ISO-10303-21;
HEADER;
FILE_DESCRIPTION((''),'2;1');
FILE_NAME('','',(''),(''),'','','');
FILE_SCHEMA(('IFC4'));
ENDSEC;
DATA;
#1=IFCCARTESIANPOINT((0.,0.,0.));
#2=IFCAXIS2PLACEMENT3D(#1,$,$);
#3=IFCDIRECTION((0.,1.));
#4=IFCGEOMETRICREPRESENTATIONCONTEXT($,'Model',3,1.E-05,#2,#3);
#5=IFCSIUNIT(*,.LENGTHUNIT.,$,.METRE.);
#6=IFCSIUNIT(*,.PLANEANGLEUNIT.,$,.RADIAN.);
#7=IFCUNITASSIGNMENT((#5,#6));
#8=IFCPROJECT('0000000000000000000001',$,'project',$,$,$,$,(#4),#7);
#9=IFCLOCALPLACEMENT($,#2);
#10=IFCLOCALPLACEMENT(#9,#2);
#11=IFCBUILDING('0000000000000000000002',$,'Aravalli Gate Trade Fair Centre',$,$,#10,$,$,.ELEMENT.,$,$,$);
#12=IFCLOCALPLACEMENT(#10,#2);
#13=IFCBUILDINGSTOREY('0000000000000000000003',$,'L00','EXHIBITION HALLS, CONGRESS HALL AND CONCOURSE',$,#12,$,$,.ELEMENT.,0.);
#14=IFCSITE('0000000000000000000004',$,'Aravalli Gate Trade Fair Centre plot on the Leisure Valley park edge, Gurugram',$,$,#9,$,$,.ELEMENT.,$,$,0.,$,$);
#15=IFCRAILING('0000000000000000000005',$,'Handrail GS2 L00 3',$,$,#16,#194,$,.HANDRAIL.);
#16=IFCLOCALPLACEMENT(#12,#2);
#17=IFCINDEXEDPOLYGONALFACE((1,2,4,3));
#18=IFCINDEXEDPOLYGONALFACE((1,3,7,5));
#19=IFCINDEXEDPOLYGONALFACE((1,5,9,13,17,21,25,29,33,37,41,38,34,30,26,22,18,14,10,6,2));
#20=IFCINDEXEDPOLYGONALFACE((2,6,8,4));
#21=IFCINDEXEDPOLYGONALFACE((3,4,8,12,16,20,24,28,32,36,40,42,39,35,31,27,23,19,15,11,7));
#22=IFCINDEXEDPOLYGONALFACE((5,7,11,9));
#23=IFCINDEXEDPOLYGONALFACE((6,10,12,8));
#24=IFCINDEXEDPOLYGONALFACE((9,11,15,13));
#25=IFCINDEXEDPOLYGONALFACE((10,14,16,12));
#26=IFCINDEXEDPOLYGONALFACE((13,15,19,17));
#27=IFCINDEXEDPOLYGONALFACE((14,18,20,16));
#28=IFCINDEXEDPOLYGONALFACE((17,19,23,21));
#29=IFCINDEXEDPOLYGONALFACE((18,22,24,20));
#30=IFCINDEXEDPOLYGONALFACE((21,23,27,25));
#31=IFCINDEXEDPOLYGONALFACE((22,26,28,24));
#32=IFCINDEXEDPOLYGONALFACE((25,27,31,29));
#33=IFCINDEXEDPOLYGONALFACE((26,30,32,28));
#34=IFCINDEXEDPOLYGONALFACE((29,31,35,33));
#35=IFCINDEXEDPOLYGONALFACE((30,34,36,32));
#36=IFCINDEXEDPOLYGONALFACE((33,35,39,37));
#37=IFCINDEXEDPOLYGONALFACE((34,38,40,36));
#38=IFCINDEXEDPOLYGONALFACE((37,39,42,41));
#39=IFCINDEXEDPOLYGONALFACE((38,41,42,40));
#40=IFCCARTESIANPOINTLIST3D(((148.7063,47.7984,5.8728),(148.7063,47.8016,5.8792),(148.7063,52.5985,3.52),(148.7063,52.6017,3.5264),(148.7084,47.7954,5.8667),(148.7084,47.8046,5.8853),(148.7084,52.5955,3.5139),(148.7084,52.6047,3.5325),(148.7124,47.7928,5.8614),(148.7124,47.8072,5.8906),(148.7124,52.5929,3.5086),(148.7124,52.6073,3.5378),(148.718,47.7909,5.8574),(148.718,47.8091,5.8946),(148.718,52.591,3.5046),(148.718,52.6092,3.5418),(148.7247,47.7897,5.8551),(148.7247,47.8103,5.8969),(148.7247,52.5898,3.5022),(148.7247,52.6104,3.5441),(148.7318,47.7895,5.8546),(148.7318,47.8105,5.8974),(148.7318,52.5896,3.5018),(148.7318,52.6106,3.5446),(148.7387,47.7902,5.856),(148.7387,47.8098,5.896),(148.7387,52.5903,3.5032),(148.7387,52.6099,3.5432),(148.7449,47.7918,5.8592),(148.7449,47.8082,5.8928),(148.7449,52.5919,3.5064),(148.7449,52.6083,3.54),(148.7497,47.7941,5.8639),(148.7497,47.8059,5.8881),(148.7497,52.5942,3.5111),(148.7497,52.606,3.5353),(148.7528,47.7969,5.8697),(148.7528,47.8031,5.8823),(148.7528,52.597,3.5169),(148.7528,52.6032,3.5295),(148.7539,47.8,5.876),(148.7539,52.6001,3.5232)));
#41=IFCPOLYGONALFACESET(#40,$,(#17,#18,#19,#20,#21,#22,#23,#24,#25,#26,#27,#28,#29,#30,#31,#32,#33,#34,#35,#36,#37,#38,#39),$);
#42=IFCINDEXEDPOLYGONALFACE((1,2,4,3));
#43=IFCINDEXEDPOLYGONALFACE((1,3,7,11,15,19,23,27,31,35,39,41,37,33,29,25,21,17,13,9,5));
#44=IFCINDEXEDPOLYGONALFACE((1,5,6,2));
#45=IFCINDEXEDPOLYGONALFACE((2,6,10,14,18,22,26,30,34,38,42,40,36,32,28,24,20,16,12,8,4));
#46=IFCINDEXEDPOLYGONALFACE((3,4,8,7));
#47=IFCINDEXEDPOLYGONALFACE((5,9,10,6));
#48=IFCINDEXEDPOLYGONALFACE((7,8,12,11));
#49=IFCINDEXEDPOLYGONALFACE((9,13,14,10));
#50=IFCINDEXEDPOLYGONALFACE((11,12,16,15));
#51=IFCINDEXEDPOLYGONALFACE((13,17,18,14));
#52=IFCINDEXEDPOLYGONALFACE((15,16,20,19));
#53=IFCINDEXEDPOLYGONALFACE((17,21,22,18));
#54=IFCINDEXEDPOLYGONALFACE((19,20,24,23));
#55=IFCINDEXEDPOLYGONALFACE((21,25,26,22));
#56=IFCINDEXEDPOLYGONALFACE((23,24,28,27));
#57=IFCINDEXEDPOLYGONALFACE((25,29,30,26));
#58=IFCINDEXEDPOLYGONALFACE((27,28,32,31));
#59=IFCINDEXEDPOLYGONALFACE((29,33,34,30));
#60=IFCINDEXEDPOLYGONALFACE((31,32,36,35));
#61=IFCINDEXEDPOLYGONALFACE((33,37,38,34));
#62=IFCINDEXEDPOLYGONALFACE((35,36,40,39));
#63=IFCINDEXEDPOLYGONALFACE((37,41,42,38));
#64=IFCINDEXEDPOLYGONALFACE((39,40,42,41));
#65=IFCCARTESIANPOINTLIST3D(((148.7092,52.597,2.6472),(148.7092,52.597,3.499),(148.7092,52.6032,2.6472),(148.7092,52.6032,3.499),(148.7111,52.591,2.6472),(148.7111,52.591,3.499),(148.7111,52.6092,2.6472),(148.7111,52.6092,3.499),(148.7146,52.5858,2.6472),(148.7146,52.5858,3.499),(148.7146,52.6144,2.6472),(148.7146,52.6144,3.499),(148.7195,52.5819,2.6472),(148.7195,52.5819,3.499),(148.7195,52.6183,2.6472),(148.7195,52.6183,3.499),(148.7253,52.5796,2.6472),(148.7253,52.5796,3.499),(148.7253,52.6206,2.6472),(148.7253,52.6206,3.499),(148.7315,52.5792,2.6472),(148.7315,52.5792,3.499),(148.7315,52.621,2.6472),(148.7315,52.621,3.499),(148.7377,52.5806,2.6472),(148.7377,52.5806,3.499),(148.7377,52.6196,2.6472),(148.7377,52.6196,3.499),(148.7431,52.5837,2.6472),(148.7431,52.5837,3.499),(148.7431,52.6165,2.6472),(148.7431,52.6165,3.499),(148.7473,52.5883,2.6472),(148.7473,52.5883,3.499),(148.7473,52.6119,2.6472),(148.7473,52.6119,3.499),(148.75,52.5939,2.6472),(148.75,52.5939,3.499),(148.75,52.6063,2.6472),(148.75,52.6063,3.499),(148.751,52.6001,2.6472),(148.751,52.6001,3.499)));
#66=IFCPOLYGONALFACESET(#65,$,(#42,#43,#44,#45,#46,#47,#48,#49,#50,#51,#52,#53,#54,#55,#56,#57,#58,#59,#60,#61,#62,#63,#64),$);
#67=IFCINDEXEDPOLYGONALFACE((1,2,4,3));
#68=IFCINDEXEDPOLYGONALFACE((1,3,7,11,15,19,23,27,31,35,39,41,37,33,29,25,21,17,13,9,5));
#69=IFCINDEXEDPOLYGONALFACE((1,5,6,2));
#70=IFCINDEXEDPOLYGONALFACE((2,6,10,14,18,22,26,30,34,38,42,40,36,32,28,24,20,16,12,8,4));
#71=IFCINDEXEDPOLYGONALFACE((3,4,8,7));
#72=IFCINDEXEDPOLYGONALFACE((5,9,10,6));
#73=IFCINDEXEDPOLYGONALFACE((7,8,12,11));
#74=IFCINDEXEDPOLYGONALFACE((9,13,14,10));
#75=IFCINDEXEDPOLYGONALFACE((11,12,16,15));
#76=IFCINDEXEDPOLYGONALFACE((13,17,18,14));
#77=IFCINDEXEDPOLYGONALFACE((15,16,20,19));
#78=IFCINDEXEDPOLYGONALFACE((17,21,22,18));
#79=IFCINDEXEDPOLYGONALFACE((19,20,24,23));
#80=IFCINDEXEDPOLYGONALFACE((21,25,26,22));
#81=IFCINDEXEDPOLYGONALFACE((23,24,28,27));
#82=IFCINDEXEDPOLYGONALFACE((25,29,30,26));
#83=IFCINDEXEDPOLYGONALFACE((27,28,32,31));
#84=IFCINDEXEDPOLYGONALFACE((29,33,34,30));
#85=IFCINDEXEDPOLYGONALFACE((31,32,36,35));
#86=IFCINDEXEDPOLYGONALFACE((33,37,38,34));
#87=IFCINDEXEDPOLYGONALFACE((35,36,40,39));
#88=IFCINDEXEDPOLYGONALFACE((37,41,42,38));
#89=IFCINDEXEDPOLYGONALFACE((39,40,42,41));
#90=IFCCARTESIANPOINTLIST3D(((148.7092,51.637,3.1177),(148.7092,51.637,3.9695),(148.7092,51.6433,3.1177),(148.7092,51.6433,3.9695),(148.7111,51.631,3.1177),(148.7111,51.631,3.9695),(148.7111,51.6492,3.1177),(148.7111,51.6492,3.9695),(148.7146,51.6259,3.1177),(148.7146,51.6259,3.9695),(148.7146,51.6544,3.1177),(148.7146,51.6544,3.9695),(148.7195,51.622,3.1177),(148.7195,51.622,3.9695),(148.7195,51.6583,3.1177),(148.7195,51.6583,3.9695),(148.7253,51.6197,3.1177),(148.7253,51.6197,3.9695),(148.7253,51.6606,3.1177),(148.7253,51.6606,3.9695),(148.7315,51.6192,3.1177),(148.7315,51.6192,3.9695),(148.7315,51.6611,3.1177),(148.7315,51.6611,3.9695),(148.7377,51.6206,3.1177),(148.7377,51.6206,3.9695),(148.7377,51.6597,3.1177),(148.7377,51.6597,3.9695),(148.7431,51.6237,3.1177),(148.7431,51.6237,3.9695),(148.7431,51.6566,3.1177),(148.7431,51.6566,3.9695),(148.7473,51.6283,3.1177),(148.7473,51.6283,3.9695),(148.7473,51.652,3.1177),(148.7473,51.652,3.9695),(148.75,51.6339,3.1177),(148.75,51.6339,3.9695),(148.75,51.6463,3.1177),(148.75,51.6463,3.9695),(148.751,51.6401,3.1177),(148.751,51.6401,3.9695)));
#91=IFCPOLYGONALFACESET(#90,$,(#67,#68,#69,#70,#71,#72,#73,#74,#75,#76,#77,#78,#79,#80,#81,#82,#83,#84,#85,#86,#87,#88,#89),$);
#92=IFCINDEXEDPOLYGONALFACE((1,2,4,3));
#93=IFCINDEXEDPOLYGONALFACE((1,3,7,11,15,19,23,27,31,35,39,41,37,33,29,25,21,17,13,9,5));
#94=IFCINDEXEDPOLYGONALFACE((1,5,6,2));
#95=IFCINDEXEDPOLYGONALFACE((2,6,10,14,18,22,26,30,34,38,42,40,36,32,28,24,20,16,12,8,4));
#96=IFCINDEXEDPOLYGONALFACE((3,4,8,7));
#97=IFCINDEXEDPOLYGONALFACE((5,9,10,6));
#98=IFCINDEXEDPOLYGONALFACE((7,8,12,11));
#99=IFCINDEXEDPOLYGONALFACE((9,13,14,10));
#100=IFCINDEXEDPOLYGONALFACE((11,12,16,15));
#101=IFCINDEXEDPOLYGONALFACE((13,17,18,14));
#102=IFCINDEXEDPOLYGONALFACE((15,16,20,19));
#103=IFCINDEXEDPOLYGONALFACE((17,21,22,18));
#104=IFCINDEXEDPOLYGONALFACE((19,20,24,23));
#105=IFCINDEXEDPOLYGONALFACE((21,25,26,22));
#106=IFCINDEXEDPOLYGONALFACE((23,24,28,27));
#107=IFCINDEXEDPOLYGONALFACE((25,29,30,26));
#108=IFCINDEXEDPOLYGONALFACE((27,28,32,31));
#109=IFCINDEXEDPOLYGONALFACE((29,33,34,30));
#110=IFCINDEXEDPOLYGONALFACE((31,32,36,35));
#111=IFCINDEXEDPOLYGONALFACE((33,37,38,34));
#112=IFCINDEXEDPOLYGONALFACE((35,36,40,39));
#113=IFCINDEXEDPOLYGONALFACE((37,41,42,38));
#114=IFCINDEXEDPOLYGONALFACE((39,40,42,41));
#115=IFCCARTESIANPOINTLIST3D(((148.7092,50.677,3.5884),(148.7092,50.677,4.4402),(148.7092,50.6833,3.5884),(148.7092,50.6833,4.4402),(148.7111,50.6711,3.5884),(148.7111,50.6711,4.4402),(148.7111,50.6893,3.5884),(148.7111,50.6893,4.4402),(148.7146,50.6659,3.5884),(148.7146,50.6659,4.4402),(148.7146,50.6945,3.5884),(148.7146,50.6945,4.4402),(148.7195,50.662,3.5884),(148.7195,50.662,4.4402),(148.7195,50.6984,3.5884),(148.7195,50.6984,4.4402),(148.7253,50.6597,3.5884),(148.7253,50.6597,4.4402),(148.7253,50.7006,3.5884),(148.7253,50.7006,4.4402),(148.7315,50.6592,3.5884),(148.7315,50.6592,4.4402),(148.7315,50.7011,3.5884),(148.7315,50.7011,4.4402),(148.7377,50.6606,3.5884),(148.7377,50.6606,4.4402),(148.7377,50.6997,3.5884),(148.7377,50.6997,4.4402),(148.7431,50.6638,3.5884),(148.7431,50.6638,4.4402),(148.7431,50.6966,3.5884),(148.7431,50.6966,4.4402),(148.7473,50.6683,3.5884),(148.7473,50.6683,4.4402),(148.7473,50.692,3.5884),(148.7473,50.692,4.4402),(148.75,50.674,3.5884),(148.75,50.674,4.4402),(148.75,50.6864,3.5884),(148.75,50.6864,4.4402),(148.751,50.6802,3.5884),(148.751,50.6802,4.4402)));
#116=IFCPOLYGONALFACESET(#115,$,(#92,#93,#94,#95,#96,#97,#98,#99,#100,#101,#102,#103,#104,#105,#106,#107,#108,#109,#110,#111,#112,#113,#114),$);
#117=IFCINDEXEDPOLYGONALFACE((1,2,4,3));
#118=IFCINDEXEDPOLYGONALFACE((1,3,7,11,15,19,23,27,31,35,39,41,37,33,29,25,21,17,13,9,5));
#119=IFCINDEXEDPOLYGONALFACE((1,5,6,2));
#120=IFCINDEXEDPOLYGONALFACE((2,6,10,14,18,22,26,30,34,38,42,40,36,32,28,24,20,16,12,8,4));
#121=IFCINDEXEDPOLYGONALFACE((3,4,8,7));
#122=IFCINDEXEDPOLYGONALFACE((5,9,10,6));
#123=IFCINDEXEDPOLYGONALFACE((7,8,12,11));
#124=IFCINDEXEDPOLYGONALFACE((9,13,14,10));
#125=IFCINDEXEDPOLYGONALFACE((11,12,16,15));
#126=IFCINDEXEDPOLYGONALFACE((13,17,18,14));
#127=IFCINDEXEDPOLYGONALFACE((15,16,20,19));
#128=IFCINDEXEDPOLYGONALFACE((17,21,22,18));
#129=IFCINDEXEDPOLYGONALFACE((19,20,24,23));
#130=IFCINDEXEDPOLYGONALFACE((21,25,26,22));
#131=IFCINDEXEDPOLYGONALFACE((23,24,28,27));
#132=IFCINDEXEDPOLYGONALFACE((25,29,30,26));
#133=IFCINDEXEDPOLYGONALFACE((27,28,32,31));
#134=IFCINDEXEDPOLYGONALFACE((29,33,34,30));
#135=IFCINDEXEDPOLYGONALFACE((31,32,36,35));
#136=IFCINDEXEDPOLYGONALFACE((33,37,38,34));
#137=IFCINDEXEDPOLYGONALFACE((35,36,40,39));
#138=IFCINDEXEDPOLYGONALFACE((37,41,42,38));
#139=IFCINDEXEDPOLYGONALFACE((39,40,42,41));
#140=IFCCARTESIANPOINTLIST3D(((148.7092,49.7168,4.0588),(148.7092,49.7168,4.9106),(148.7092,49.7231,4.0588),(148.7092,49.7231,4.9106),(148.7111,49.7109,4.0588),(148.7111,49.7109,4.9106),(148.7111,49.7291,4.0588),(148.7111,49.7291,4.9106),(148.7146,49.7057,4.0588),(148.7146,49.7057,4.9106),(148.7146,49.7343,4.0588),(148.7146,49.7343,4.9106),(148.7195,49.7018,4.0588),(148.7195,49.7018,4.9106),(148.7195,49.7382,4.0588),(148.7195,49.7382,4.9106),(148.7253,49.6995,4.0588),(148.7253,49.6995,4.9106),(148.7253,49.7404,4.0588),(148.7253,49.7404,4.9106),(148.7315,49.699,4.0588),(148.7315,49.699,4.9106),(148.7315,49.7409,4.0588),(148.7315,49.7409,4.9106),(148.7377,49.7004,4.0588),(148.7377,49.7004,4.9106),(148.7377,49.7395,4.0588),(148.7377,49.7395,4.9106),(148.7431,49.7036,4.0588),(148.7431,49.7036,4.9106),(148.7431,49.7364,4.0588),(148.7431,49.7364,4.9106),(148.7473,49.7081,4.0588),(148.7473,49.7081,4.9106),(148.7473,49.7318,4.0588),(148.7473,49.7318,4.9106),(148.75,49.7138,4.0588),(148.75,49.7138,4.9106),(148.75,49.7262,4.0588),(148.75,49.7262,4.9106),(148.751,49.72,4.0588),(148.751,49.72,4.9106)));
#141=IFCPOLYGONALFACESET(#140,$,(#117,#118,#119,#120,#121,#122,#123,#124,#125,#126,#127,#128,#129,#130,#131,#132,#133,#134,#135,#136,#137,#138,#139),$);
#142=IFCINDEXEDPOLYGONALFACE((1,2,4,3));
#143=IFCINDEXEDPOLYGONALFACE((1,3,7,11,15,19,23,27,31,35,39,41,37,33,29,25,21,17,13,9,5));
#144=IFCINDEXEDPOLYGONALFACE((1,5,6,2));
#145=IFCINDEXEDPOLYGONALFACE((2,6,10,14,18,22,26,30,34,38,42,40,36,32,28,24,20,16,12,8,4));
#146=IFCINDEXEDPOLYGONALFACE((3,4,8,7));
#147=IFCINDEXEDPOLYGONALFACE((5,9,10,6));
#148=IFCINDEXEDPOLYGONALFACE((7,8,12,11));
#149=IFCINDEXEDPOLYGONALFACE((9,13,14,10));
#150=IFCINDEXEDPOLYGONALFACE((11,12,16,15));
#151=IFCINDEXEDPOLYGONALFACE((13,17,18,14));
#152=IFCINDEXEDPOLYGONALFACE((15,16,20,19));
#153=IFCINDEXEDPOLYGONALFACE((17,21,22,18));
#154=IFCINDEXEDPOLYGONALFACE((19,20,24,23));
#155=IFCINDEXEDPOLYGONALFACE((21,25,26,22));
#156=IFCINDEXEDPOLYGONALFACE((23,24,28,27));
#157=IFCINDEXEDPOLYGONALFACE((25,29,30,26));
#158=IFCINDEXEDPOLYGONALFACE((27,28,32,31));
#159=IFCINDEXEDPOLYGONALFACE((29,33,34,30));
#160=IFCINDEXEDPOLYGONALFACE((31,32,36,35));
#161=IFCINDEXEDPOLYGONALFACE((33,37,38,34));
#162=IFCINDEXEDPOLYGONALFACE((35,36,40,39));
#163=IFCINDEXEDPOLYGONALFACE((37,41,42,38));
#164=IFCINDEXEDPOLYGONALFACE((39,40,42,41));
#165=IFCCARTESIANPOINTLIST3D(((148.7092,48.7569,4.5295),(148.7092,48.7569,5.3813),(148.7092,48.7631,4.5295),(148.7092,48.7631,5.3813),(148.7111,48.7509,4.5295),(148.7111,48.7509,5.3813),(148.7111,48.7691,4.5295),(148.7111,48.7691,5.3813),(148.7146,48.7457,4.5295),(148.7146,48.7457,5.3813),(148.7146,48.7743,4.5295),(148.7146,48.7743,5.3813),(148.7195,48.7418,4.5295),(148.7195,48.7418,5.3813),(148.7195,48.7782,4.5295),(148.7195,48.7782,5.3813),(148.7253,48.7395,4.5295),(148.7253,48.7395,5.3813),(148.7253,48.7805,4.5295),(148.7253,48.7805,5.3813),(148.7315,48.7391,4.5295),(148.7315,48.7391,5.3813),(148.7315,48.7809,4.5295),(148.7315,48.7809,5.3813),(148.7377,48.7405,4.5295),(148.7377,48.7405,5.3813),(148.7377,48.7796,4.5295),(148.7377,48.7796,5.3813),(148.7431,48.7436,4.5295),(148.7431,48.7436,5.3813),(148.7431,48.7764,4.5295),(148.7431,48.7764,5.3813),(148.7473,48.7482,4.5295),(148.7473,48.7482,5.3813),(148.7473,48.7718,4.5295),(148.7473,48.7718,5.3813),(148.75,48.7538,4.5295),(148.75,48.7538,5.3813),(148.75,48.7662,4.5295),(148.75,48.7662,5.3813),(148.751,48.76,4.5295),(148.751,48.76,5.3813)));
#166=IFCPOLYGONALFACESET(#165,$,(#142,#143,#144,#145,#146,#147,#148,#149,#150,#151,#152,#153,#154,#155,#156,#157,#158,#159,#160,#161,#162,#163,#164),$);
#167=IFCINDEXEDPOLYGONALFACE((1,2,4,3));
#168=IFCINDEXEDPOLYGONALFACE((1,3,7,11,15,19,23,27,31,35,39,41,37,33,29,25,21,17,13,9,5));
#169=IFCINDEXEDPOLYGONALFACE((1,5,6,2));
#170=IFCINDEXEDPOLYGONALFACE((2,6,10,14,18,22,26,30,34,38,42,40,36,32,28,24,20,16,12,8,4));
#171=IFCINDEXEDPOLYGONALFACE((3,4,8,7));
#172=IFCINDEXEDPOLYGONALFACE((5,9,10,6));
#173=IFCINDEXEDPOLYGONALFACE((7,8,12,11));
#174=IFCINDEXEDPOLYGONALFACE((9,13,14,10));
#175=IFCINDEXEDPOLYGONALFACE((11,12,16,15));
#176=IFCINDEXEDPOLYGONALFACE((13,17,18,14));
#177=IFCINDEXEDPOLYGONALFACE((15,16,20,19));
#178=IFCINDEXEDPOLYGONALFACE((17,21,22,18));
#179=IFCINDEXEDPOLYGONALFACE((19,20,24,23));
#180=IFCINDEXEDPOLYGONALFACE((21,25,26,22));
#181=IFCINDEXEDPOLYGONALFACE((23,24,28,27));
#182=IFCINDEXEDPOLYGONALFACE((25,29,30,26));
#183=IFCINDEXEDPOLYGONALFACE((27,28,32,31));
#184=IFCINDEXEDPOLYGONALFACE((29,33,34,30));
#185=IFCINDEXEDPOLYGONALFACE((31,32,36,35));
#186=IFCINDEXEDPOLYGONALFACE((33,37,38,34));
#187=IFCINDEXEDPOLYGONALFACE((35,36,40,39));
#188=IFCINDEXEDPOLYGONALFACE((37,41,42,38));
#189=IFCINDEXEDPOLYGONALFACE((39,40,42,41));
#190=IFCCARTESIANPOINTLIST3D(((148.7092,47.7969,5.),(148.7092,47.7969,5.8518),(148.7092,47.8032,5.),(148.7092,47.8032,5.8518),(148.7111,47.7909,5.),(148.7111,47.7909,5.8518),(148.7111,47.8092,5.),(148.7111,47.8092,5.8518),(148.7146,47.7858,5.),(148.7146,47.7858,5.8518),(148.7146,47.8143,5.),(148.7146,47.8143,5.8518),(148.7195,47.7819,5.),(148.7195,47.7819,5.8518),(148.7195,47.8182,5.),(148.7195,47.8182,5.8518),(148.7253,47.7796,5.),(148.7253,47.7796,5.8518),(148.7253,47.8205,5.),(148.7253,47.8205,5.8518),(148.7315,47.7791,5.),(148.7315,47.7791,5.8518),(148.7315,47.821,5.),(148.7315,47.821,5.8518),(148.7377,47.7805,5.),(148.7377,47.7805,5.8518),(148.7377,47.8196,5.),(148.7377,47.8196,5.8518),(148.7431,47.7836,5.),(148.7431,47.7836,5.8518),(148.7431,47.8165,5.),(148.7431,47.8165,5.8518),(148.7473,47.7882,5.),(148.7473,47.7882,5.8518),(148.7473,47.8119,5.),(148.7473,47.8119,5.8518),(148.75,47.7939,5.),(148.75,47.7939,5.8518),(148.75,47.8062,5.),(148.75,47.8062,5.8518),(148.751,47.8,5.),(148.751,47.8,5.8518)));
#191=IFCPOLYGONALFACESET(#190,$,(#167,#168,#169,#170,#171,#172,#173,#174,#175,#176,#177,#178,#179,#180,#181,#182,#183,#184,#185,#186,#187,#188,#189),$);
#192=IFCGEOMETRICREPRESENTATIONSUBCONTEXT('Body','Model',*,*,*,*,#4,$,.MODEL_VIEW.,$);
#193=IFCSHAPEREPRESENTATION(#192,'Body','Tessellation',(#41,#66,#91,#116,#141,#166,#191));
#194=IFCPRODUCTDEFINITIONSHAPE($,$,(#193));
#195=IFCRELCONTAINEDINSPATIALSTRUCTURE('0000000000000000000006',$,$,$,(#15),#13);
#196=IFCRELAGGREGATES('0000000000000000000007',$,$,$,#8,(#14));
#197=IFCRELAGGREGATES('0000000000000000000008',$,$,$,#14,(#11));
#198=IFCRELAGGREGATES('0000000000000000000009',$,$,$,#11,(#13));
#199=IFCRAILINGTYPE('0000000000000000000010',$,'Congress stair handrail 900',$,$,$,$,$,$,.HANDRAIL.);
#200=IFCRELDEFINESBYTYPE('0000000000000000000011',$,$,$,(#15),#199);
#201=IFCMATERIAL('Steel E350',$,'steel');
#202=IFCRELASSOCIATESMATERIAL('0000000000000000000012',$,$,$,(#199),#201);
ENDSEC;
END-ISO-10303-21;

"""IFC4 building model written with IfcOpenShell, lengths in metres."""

from ifc_helpers import new_model, si_unit, direction, frame, origin, origin_2d, place, context, subcontext, project, spatial, circle, extrude, material, type_object, element, save


model = new_model("IFC4")

# Units and contexts
model_context = context("Model", 3, precision=1e-05, world=origin(), true_north=direction((0.0, 1.0)))
body_context = subcontext(model_context, "Body", "Model", "MODEL_VIEW")
ifc_project = project(units=[si_unit("LENGTHUNIT", "METRE"), si_unit("PLANEANGLEUNIT", "RADIAN")], contexts=[model_context])

# Site, building, storey
site_placement = place(None, origin())
site = spatial("IfcSite", under=ifc_project, at=site_placement, Name="Aravalli Gate Trade Fair Centre plot on the Leisure Valley park edge, Gurugram", CompositionType="ELEMENT", RefElevation=0.0)
building_placement = place(site_placement, origin())
building = spatial("IfcBuilding", under=site, at=building_placement, Name="Aravalli Gate Trade Fair Centre", CompositionType="ELEMENT")
storey_placement = place(building_placement, origin())
storey = spatial("IfcBuildingStorey", under=building, at=storey_placement, Name="L00", Description="EXHIBITION HALLS, CONGRESS HALL AND CONCOURSE", CompositionType="ELEMENT", Elevation=0.0)

# Railing
ifc_material_1 = material(Name="Steel E350", Category="steel")
railing_type = type_object("IfcRailingType", Name="Congress stair handrail 900", PredefinedType="HANDRAIL", material=ifc_material_1)
for number, where, name in (
    (1, (148.73, 52.6001, 2.6472), "Handrail GS2 L00 3"),
):
    element("IfcRailing", number, at=place(storey_placement, frame(where)), inside=storey, type_object=railing_type, Name=name, PredefinedType="HANDRAIL", context=body_context, shape_type="SweptSolid", body=[
        extrude(circle(Radius=0.0239, at=origin_2d()), frame((0.0, 0.0, 0.876), z_axis=(0.0, -0.897934, 0.44013), x_axis=(1.0, 0.0, 0.0)), (0.0, 0.0, 1.0), 5.3457),
        extrude(circle(Radius=0.021, at=origin_2d()), origin(), (0.0, 0.0, 1.0), 0.8518),
        extrude(circle(Radius=0.021, at=origin_2d()), frame((0.0, -0.96, 0.4705)), (0.0, 0.0, 1.0), 0.8518),
        extrude(circle(Radius=0.021, at=origin_2d()), frame((0.0, -1.9199, 0.9412)), (0.0, 0.0, 1.0), 0.8518),
        extrude(circle(Radius=0.021, at=origin_2d()), frame((0.0, -2.8801, 1.4116)), (0.0, 0.0, 1.0), 0.8518),
        extrude(circle(Radius=0.021, at=origin_2d()), frame((0.0, -3.8401, 1.8823)), (0.0, 0.0, 1.0), 0.8518),
        extrude(circle(Radius=0.021, at=origin_2d()), frame((0.0, -4.8, 2.3528)), (0.0, 0.0, 1.0), 0.8518),
    ])

save(model, "model.ifc")
